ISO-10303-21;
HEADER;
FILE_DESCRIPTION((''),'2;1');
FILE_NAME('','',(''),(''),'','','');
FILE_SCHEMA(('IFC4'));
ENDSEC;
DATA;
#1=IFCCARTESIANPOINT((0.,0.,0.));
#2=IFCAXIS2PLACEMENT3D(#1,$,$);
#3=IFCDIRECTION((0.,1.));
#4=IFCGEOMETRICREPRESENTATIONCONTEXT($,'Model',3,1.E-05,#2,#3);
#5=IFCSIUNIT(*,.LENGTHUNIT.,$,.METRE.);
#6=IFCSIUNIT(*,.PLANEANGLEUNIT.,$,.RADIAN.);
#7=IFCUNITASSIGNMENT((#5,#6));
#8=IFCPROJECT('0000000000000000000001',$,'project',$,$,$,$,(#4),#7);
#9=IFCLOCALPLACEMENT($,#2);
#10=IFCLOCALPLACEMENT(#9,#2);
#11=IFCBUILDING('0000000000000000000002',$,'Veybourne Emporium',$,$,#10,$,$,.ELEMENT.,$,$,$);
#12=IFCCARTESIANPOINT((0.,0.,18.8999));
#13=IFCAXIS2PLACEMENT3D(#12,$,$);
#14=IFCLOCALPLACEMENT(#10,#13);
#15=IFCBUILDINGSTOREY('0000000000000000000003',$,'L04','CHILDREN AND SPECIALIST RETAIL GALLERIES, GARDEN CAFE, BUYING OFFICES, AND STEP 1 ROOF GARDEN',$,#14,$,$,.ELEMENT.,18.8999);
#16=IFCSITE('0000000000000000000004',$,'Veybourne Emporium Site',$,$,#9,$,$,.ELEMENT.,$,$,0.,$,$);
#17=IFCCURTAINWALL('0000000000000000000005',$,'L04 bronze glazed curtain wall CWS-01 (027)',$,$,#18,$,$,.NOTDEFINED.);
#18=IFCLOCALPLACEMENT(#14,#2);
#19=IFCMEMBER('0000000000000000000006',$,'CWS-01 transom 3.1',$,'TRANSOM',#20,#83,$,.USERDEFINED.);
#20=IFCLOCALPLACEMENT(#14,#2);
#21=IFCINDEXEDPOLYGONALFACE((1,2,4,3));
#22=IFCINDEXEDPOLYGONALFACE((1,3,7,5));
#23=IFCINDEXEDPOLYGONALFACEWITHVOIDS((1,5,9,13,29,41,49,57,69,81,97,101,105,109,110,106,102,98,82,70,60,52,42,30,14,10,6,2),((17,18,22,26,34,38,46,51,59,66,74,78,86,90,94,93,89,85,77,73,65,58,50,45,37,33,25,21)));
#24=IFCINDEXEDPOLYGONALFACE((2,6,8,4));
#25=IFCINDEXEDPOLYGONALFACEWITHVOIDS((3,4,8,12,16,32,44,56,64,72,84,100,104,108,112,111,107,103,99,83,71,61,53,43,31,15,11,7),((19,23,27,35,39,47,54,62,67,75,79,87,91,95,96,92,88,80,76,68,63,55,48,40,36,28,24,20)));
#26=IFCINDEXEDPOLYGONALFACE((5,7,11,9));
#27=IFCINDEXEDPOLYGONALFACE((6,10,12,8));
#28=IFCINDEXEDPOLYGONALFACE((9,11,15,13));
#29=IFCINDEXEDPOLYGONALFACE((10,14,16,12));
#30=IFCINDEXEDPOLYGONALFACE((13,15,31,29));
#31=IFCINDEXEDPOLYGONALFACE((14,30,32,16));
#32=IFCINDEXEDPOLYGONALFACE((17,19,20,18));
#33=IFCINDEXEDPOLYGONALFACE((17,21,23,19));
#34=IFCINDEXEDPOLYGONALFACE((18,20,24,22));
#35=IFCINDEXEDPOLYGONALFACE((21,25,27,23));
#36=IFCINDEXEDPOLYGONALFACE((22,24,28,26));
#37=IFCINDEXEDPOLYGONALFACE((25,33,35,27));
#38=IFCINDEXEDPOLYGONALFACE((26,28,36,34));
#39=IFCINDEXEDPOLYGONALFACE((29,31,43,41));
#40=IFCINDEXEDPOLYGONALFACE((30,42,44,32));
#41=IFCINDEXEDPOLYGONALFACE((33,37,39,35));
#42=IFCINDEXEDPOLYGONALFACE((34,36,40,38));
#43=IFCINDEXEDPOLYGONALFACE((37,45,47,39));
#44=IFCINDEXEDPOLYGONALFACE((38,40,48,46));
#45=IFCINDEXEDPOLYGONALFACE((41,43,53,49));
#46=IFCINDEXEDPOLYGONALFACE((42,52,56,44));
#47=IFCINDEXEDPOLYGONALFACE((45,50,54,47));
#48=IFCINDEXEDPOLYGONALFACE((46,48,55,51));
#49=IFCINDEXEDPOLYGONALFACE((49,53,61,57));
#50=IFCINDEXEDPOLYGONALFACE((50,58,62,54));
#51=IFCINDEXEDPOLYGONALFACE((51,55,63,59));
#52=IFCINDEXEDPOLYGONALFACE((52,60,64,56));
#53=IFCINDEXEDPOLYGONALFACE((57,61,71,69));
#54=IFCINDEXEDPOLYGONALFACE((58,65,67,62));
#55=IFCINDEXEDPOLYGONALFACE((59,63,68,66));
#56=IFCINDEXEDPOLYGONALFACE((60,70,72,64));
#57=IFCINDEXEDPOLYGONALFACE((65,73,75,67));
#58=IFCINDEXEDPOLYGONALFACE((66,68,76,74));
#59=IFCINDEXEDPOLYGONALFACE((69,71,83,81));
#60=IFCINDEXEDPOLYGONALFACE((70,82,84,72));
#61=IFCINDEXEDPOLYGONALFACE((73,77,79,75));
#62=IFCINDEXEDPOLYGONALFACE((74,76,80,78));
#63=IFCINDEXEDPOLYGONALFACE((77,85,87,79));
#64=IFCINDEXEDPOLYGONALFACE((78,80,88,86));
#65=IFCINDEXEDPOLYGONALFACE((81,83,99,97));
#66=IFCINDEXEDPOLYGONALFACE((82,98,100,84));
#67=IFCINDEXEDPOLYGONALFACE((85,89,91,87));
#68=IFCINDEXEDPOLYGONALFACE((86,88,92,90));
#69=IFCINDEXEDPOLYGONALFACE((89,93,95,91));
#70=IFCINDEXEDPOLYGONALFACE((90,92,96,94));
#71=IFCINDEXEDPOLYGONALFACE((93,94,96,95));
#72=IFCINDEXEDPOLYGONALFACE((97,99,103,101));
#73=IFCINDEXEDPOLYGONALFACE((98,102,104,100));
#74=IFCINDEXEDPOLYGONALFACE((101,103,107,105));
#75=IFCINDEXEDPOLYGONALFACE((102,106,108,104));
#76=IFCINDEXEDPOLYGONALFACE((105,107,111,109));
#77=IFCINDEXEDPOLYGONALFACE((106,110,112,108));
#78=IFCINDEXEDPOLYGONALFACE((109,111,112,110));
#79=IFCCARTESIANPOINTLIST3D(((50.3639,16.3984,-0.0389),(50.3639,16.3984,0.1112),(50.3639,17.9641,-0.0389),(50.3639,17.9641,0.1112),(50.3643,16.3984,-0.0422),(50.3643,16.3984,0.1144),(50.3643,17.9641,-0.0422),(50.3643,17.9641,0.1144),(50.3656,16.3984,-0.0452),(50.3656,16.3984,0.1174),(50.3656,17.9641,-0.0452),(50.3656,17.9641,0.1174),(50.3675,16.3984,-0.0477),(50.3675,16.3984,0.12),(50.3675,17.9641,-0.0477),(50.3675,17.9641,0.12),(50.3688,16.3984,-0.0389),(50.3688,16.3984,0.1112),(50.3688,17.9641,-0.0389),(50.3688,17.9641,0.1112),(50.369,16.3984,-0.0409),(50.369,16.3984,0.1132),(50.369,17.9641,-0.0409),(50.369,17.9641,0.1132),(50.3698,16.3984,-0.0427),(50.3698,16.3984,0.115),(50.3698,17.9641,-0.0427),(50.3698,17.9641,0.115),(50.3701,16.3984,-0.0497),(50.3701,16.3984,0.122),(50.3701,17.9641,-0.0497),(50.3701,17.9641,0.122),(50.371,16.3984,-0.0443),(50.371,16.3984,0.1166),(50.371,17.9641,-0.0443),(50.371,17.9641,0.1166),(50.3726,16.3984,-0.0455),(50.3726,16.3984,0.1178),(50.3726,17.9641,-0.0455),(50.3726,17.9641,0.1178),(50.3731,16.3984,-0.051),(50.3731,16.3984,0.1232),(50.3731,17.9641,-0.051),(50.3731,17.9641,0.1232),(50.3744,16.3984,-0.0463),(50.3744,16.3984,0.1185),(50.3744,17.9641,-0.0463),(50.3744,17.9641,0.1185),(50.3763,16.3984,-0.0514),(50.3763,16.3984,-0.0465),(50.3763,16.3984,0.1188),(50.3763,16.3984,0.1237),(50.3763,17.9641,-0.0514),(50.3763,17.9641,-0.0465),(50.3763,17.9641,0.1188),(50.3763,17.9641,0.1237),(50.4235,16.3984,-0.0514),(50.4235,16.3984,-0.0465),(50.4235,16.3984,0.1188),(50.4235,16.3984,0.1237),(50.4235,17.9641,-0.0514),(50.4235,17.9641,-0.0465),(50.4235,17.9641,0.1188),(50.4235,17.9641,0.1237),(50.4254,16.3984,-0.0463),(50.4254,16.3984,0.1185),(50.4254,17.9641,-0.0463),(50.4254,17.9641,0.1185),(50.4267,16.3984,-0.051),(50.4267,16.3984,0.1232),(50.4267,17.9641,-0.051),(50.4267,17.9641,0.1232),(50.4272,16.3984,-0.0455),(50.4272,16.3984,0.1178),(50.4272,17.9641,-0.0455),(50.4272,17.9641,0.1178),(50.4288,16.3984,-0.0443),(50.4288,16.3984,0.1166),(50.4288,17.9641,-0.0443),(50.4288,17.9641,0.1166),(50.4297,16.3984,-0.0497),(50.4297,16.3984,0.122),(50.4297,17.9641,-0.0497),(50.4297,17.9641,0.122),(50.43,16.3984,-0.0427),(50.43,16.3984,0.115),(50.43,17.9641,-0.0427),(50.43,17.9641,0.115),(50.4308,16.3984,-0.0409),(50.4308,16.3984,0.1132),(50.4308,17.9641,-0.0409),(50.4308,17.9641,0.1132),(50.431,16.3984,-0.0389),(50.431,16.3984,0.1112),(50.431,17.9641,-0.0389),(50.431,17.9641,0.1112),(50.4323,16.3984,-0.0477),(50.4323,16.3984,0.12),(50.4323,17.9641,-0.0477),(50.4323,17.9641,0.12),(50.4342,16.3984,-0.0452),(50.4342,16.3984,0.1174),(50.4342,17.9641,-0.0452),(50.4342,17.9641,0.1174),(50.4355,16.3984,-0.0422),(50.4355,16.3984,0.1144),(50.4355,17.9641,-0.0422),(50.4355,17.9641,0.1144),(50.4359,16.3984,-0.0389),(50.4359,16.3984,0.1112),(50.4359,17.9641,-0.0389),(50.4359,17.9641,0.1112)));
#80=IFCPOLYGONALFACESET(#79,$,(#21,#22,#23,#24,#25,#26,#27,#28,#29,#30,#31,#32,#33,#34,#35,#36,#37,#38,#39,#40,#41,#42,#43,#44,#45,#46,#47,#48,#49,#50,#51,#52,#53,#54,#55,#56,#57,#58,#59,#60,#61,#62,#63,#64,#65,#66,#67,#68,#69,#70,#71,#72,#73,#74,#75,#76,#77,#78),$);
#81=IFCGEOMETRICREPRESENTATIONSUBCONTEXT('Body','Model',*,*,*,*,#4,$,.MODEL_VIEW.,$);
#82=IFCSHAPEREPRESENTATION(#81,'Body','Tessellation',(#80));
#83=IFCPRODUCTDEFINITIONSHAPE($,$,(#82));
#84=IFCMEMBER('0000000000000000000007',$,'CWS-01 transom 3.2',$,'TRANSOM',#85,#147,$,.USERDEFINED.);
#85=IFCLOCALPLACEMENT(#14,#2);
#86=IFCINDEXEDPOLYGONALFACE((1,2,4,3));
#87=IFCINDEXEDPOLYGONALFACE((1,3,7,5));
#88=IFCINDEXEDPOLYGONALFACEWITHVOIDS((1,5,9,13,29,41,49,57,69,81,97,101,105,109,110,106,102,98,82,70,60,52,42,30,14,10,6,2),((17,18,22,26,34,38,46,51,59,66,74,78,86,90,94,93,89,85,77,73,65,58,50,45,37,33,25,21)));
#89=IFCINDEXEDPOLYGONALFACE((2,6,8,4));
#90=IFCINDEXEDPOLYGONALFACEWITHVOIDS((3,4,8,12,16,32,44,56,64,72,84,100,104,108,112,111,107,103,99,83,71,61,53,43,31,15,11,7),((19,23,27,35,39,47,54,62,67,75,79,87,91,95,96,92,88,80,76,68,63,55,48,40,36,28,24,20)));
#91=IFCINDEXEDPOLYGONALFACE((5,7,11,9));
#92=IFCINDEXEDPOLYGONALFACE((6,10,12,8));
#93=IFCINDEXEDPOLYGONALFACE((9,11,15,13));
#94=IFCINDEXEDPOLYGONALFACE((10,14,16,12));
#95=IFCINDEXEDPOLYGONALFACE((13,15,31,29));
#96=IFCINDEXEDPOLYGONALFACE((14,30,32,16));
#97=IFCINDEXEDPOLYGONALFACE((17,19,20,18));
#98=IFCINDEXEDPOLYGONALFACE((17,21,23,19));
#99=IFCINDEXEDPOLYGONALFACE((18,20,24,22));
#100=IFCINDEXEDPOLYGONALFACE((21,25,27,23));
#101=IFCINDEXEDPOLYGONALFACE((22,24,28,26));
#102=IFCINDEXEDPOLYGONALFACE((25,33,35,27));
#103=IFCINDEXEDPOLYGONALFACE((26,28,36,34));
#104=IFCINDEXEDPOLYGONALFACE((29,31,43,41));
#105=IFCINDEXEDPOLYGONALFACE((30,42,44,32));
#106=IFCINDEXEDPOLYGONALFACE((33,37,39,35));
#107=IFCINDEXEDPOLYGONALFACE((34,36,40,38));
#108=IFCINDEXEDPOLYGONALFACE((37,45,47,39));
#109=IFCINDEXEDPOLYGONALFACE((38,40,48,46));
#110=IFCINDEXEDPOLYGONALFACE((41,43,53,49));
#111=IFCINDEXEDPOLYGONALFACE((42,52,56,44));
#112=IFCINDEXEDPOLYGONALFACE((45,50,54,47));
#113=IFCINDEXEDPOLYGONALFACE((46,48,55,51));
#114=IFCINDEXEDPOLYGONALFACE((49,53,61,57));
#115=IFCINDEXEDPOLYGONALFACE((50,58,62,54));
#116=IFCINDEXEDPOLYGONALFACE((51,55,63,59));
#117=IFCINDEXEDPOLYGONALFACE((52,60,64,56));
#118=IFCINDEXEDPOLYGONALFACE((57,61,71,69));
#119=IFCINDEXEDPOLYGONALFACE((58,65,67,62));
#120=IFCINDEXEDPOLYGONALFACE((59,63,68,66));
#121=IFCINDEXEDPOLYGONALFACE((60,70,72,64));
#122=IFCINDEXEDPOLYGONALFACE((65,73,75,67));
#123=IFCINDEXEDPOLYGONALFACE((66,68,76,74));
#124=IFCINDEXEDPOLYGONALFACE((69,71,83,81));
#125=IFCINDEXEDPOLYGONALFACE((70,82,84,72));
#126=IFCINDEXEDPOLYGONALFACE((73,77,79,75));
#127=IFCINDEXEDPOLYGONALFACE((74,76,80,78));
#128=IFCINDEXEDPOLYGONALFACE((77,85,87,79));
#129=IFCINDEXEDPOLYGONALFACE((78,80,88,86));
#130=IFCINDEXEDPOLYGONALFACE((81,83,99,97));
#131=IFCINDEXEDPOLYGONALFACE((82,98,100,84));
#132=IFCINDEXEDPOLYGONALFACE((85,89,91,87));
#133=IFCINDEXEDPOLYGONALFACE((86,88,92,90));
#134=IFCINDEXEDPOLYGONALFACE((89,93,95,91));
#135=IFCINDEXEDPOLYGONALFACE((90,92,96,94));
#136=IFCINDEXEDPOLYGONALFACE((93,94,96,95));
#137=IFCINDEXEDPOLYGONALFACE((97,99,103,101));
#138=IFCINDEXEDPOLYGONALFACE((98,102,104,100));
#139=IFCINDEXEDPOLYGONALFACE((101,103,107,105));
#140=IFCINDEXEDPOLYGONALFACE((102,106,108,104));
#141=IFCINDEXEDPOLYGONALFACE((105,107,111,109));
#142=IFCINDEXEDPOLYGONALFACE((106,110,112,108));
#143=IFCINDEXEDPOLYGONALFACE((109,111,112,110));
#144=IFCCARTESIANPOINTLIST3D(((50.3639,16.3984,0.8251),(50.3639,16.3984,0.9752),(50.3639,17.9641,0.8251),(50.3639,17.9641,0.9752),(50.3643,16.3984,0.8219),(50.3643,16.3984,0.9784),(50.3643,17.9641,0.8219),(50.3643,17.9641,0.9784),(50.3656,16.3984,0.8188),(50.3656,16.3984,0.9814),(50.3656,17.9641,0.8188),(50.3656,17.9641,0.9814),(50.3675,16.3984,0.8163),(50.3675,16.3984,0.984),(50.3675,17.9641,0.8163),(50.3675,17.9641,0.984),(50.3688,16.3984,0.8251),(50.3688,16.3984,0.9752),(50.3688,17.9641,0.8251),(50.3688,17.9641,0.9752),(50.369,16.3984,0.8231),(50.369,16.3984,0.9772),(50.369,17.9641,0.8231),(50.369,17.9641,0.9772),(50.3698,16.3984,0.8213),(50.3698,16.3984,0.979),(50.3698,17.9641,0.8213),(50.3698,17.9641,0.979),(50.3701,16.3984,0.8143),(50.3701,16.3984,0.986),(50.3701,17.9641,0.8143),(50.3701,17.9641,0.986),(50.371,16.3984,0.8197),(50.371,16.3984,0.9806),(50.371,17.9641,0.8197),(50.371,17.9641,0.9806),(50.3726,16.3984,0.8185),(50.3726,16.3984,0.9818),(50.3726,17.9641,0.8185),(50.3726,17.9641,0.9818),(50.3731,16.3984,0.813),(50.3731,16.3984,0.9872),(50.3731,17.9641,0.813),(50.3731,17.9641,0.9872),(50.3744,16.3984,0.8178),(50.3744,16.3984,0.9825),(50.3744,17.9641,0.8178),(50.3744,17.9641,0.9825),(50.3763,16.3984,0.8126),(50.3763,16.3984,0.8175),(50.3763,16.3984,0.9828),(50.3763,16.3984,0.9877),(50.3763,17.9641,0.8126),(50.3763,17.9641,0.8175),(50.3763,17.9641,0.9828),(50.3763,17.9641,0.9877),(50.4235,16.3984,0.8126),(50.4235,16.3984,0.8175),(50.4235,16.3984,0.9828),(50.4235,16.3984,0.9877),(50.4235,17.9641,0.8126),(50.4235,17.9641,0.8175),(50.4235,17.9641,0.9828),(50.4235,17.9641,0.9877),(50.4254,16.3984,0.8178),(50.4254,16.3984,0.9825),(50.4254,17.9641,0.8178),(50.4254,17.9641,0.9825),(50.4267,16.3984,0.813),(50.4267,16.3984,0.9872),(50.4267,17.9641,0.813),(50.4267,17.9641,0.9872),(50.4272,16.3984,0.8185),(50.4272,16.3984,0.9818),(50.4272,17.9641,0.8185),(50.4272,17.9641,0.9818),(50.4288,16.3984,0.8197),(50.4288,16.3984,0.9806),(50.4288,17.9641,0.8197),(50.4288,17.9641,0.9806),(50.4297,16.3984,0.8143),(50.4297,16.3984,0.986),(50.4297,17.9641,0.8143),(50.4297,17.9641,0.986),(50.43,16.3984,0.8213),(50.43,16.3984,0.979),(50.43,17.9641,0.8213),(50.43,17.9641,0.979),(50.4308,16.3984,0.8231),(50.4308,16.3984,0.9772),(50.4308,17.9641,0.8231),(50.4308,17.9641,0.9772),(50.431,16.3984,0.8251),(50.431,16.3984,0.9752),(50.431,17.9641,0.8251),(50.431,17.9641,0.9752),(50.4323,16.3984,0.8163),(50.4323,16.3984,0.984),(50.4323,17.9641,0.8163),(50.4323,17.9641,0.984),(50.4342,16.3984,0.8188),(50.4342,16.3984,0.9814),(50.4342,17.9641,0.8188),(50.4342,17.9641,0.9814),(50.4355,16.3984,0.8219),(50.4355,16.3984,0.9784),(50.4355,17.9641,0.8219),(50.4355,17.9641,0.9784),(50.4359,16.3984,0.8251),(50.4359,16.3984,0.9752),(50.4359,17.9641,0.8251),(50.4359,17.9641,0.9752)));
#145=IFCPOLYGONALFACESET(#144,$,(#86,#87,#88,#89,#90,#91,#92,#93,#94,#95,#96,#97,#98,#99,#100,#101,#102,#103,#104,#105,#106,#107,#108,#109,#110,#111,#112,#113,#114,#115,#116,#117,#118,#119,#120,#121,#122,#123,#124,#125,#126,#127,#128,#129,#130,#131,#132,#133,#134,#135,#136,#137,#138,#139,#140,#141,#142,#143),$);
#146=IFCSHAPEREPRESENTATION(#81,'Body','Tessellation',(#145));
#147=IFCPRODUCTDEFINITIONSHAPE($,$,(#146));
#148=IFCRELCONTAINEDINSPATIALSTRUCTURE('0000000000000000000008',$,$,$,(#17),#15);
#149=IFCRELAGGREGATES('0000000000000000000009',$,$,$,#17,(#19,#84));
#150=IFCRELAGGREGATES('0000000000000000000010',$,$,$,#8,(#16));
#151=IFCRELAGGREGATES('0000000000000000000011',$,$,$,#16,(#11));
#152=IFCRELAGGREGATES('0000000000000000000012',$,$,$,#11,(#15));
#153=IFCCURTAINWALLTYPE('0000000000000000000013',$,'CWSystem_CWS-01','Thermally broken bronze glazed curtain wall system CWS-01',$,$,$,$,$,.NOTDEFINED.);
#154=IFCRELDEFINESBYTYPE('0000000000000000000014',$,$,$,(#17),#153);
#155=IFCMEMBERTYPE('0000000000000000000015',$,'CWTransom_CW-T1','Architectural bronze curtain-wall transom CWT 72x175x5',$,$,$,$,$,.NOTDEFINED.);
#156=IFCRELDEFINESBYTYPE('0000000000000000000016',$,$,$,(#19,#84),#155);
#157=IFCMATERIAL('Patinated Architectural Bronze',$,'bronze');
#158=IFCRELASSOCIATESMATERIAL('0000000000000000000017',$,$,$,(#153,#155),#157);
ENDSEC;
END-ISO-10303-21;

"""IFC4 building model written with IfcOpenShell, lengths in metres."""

from ifc_helpers import new_model, si_unit, direction, frame, origin, origin_2d, place, context, subcontext, project, spatial, hollow_rectangle, extrude, material, material_profile, profile_set, type_object, element, aggregate, save


model = new_model("IFC4")

# Units and contexts
model_context = context("Model", 3, precision=1e-05, world=origin(), true_north=direction((0.0, 1.0)))
body_context = subcontext(model_context, "Body", "Model", "MODEL_VIEW")
ifc_project = project(units=[si_unit("LENGTHUNIT", "METRE"), si_unit("PLANEANGLEUNIT", "RADIAN")], contexts=[model_context])

# Site, building, storey
site_placement = place(None, origin())
site = spatial("IfcSite", under=ifc_project, at=site_placement, Name="Veybourne Emporium Site", CompositionType="ELEMENT", RefElevation=0.0)
building_placement = place(site_placement, origin())
building = spatial("IfcBuilding", under=site, at=building_placement, Name="Veybourne Emporium", CompositionType="ELEMENT")
storey_placement = place(building_placement, frame((0.0, 0.0, 18.8999)))
storey = spatial("IfcBuildingStorey", under=building, at=storey_placement, Name="L04", Description="CHILDREN AND SPECIALIST RETAIL GALLERIES, GARDEN CAFE, BUYING OFFICES, AND STEP 1 ROOF GARDEN", CompositionType="ELEMENT", Elevation=18.8999)

# Curtain wall, members
ifc_material_1 = material(Name="Patinated Architectural Bronze", Category="bronze")
curtain_wall_type = type_object("IfcCurtainWallType", Name="CWSystem_CWS-01", Description="Thermally broken bronze glazed curtain wall system CWS-01", PredefinedType="NOTDEFINED", material=ifc_material_1)
curtain_wall_placement = place(storey_placement, origin())
curtain_wall = element("IfcCurtainWall", 1, at=curtain_wall_placement, inside=storey, type_object=curtain_wall_type, Name="L04 bronze glazed curtain wall CWS-01 (027)", PredefinedType="NOTDEFINED")
ifc_material_profile_1 = material_profile(ifc_material_1, hollow_rectangle(XDim=0.072, YDim=0.175, WallThickness=0.0049, InnerFilletRadius=0.0076, OuterFilletRadius=0.0125, at=origin_2d()), Name="CWT 72x175x5")
ifc_profile_set_1 = profile_set([ifc_material_profile_1], Name="Patinated Architectural Bronze")
member_type_1 = type_object("IfcMemberType", Name="CWTransom_CW-T1", Description="Architectural bronze curtain-wall transom CWT 72x175x5", PredefinedType="NOTDEFINED", material=ifc_profile_set_1)
member_1_placement = place(storey_placement, frame((50.3999, 17.9641, 0.0361), z_axis=(0.0, -1.0, 0.0), x_axis=(1.0, 0.0, 0.0)))
member_1 = element("IfcMember", 2, at=member_1_placement, type_object=member_type_1, Name="CWS-01 transom 3.1", ObjectType="TRANSOM", PredefinedType="USERDEFINED", context=body_context, shape_type="SweptSolid", body=[
    extrude(hollow_rectangle(XDim=0.072, YDim=0.175, WallThickness=0.0049, InnerFilletRadius=0.0076, OuterFilletRadius=0.0125, at=origin_2d()), origin(), (0.0, 0.0, 1.0), 1.5657),
])
member_2_placement = place(storey_placement, frame((50.3999, 17.9641, 0.9001), z_axis=(0.0, -1.0, 0.0), x_axis=(1.0, 0.0, 0.0)))
member_2 = element("IfcMember", 3, at=member_2_placement, type_object=member_type_1, Name="CWS-01 transom 3.2", ObjectType="TRANSOM", PredefinedType="USERDEFINED", context=body_context, shape_type="SweptSolid", body=[
    extrude(hollow_rectangle(XDim=0.072, YDim=0.175, WallThickness=0.0049, InnerFilletRadius=0.0076, OuterFilletRadius=0.0125, at=origin_2d()), origin(), (0.0, 0.0, 1.0), 1.5657),
])
aggregate(curtain_wall, [member_1, member_2])

save(model, "model.ifc")
